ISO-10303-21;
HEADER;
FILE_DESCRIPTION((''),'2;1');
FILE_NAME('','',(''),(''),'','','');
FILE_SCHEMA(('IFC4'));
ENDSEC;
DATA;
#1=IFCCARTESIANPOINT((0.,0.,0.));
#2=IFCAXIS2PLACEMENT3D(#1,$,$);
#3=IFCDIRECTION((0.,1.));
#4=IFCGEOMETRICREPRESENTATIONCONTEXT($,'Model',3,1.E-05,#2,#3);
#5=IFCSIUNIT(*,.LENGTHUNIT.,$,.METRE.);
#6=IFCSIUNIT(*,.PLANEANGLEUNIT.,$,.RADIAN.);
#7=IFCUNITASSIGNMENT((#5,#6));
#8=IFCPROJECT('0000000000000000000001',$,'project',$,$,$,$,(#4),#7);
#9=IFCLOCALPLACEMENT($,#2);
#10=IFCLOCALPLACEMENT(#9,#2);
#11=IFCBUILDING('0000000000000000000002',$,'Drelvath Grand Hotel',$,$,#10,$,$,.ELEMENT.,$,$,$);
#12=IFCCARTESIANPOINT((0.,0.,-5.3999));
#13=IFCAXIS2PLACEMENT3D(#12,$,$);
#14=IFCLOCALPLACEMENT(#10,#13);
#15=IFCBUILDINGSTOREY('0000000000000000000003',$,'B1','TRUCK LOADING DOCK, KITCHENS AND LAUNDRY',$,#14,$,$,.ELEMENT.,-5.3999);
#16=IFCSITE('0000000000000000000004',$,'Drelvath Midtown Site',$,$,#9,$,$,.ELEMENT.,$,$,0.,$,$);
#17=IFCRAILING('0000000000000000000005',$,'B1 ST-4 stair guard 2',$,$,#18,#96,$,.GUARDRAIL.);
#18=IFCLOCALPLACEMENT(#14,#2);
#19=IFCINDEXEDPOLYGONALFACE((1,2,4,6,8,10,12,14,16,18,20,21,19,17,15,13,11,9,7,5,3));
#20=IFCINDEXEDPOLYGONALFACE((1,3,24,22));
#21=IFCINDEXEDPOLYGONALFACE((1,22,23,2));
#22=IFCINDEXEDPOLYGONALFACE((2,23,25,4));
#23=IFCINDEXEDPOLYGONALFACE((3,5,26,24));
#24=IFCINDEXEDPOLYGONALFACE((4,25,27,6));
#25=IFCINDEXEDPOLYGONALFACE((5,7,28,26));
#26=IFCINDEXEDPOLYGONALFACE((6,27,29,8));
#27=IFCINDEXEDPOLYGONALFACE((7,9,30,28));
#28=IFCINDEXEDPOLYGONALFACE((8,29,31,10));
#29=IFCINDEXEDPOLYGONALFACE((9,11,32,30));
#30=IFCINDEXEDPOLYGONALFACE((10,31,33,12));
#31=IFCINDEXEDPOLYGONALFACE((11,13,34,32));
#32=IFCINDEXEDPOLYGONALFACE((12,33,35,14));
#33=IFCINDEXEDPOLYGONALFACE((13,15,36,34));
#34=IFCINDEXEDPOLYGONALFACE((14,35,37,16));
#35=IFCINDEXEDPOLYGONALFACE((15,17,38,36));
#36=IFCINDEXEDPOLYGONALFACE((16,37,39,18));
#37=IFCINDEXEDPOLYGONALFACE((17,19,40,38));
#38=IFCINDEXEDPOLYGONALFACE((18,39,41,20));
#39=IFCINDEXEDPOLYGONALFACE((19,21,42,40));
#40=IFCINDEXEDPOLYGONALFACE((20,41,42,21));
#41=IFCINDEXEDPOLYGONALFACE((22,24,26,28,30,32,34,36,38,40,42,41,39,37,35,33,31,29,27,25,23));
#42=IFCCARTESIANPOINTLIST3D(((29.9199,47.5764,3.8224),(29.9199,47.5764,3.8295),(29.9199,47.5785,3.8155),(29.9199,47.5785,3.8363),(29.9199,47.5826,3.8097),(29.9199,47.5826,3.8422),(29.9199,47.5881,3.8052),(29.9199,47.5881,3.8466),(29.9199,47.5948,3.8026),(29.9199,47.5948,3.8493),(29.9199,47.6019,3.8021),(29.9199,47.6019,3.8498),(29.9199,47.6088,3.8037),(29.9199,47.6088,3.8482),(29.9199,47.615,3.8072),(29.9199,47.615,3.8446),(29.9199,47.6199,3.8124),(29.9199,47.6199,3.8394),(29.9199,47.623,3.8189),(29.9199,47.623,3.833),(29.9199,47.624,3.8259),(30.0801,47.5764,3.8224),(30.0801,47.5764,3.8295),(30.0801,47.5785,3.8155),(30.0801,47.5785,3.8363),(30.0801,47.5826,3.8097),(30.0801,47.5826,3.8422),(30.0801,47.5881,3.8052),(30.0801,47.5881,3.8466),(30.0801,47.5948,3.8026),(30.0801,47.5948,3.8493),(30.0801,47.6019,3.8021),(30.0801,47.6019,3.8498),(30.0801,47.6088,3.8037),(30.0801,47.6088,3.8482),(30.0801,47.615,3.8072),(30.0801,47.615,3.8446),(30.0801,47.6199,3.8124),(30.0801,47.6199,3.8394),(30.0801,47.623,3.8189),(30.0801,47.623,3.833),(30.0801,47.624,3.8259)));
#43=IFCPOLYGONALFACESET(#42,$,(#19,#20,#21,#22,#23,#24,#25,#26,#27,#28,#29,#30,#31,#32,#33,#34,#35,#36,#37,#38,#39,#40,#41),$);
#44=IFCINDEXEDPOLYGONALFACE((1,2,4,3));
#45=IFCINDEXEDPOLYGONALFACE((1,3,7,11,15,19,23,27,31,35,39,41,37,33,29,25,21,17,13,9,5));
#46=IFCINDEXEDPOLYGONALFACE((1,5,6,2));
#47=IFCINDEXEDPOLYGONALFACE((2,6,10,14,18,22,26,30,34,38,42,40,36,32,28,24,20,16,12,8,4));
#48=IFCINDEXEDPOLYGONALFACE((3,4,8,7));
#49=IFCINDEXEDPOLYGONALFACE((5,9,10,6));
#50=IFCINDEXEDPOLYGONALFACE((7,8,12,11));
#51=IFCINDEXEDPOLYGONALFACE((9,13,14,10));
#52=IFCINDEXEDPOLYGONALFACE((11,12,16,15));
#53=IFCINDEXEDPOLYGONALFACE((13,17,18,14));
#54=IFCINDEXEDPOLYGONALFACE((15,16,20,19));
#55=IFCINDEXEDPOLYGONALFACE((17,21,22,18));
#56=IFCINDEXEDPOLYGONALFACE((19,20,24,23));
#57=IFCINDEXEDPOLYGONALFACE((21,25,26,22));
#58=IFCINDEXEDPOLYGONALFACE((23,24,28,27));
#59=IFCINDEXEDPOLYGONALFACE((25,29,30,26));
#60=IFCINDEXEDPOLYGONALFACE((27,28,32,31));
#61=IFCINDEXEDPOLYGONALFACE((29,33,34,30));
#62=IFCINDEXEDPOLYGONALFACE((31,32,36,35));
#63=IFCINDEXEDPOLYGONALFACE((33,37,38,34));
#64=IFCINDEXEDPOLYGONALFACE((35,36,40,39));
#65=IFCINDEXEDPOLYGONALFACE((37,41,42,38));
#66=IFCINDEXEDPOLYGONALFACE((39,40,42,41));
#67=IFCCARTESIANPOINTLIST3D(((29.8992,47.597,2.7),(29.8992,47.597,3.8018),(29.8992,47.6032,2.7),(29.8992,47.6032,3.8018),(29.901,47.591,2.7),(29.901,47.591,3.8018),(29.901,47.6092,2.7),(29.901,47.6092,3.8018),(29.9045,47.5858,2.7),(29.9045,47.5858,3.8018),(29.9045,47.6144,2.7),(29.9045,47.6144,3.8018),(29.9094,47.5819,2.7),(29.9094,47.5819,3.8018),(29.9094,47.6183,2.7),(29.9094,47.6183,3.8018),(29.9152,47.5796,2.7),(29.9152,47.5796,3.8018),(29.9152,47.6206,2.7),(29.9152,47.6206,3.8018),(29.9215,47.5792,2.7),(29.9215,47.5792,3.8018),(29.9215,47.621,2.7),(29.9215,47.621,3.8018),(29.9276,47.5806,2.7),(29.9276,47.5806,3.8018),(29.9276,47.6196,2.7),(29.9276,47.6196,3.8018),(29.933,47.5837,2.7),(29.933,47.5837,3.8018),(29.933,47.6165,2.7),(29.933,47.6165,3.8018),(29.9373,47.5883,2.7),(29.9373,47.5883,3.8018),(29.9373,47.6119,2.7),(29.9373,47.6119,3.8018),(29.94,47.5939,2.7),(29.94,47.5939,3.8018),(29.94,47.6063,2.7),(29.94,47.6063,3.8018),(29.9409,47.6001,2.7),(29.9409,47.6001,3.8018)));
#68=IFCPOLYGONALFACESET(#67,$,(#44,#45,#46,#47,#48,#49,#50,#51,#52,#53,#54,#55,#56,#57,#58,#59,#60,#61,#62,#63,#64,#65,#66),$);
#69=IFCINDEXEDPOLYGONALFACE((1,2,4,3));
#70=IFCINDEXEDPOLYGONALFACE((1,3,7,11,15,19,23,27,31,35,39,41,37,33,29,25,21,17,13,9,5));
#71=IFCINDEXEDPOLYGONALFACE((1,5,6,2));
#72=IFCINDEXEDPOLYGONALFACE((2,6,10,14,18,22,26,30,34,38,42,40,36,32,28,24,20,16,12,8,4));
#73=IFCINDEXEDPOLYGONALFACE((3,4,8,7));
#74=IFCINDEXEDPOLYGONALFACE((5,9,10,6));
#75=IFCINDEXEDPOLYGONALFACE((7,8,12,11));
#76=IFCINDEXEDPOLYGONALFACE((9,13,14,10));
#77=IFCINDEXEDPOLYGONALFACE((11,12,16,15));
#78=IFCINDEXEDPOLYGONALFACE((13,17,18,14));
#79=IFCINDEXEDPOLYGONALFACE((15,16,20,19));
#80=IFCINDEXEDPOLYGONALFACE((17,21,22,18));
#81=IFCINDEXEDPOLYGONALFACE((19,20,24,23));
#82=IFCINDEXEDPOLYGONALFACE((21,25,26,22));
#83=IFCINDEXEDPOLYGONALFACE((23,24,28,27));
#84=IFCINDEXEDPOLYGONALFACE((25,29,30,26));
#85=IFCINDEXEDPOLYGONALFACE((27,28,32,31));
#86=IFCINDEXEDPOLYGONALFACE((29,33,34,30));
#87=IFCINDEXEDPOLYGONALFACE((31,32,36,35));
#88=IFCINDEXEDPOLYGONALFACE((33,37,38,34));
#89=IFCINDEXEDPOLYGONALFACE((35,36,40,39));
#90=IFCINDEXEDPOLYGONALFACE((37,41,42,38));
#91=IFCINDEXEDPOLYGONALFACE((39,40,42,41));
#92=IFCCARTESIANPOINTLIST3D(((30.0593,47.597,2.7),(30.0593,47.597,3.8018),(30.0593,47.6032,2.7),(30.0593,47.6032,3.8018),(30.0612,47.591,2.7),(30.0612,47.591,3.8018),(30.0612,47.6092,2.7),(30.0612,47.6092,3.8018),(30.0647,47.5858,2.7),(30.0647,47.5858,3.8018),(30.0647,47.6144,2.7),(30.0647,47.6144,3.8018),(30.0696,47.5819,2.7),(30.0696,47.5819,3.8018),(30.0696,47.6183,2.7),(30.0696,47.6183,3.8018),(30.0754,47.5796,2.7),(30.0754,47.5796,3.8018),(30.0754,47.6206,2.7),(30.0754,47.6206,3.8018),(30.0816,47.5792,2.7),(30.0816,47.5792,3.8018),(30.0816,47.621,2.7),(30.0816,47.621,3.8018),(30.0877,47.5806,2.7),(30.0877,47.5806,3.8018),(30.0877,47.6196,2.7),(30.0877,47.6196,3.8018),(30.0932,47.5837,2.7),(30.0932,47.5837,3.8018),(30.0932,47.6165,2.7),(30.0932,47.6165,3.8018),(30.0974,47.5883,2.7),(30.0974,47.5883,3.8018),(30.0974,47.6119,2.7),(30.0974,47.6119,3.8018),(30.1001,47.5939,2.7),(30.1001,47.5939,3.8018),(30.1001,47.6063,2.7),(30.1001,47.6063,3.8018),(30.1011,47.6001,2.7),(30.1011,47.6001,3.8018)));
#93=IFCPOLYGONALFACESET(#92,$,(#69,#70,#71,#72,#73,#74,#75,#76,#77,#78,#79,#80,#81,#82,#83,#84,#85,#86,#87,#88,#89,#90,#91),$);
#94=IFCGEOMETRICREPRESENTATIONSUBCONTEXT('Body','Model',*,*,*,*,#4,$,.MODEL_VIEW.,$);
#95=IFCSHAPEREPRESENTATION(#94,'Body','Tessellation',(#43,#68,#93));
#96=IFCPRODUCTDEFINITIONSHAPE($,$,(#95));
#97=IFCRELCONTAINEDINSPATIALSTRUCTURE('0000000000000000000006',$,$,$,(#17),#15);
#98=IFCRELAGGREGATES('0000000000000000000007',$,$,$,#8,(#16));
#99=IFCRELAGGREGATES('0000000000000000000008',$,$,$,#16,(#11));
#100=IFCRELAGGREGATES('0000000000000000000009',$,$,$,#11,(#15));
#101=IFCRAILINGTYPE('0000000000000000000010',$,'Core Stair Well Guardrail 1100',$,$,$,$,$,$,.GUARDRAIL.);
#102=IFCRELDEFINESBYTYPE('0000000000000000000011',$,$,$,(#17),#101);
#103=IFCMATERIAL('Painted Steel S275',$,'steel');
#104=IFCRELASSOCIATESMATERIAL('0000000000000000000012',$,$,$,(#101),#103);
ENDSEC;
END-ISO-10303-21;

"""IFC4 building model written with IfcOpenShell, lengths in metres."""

from ifc_helpers import new_model, si_unit, direction, frame, origin, origin_2d, place, context, subcontext, project, spatial, circle, extrude, material, type_object, element, save


model = new_model("IFC4")

# Units and contexts
model_context = context("Model", 3, precision=1e-05, world=origin(), true_north=direction((0.0, 1.0)))
body_context = subcontext(model_context, "Body", "Model", "MODEL_VIEW")
ifc_project = project(units=[si_unit("LENGTHUNIT", "METRE"), si_unit("PLANEANGLEUNIT", "RADIAN")], contexts=[model_context])

# Site, building, storey
site_placement = place(None, origin())
site = spatial("IfcSite", under=ifc_project, at=site_placement, Name="Drelvath Midtown Site", CompositionType="ELEMENT", RefElevation=0.0)
building_placement = place(site_placement, origin())
building = spatial("IfcBuilding", under=site, at=building_placement, Name="Drelvath Grand Hotel", CompositionType="ELEMENT")
storey_placement = place(building_placement, frame((0.0, 0.0, -5.3999)))
storey = spatial("IfcBuildingStorey", under=building, at=storey_placement, Name="B1", Description="TRUCK LOADING DOCK, KITCHENS AND LAUNDRY", CompositionType="ELEMENT", Elevation=-5.3999)

# Shared definitions
ifc_material_1 = material(Name="Painted Steel S275", Category="steel")

# Railing
railing_type_1 = type_object("IfcRailingType", Name="Core Stair Well Guardrail 1100", PredefinedType="GUARDRAIL", material=ifc_material_1)
railing_1_placement = place(storey_placement, frame((29.9199, 47.6001, 2.7)))
element("IfcRailing", 1, at=railing_1_placement, inside=storey, type_object=railing_type_1, Name="B1 ST-4 stair guard 2", PredefinedType="GUARDRAIL", context=body_context, shape_type="SweptSolid", body=[
    extrude(circle(Radius=0.0239, at=origin_2d()), frame((0.0, 0.0, 1.126), z_axis=(1.0, 0.0, 0.0), x_axis=(0.0, 1.0, 0.0)), (0.0, 0.0, 1.0), 0.1602),
    extrude(circle(Radius=0.021, at=origin_2d()), origin(), (0.0, 0.0, 1.0), 1.1018),
    extrude(circle(Radius=0.021, at=origin_2d()), frame((0.1602, 0.0, 0.0)), (0.0, 0.0, 1.0), 1.1018),
])

save(model, "model.ifc")
